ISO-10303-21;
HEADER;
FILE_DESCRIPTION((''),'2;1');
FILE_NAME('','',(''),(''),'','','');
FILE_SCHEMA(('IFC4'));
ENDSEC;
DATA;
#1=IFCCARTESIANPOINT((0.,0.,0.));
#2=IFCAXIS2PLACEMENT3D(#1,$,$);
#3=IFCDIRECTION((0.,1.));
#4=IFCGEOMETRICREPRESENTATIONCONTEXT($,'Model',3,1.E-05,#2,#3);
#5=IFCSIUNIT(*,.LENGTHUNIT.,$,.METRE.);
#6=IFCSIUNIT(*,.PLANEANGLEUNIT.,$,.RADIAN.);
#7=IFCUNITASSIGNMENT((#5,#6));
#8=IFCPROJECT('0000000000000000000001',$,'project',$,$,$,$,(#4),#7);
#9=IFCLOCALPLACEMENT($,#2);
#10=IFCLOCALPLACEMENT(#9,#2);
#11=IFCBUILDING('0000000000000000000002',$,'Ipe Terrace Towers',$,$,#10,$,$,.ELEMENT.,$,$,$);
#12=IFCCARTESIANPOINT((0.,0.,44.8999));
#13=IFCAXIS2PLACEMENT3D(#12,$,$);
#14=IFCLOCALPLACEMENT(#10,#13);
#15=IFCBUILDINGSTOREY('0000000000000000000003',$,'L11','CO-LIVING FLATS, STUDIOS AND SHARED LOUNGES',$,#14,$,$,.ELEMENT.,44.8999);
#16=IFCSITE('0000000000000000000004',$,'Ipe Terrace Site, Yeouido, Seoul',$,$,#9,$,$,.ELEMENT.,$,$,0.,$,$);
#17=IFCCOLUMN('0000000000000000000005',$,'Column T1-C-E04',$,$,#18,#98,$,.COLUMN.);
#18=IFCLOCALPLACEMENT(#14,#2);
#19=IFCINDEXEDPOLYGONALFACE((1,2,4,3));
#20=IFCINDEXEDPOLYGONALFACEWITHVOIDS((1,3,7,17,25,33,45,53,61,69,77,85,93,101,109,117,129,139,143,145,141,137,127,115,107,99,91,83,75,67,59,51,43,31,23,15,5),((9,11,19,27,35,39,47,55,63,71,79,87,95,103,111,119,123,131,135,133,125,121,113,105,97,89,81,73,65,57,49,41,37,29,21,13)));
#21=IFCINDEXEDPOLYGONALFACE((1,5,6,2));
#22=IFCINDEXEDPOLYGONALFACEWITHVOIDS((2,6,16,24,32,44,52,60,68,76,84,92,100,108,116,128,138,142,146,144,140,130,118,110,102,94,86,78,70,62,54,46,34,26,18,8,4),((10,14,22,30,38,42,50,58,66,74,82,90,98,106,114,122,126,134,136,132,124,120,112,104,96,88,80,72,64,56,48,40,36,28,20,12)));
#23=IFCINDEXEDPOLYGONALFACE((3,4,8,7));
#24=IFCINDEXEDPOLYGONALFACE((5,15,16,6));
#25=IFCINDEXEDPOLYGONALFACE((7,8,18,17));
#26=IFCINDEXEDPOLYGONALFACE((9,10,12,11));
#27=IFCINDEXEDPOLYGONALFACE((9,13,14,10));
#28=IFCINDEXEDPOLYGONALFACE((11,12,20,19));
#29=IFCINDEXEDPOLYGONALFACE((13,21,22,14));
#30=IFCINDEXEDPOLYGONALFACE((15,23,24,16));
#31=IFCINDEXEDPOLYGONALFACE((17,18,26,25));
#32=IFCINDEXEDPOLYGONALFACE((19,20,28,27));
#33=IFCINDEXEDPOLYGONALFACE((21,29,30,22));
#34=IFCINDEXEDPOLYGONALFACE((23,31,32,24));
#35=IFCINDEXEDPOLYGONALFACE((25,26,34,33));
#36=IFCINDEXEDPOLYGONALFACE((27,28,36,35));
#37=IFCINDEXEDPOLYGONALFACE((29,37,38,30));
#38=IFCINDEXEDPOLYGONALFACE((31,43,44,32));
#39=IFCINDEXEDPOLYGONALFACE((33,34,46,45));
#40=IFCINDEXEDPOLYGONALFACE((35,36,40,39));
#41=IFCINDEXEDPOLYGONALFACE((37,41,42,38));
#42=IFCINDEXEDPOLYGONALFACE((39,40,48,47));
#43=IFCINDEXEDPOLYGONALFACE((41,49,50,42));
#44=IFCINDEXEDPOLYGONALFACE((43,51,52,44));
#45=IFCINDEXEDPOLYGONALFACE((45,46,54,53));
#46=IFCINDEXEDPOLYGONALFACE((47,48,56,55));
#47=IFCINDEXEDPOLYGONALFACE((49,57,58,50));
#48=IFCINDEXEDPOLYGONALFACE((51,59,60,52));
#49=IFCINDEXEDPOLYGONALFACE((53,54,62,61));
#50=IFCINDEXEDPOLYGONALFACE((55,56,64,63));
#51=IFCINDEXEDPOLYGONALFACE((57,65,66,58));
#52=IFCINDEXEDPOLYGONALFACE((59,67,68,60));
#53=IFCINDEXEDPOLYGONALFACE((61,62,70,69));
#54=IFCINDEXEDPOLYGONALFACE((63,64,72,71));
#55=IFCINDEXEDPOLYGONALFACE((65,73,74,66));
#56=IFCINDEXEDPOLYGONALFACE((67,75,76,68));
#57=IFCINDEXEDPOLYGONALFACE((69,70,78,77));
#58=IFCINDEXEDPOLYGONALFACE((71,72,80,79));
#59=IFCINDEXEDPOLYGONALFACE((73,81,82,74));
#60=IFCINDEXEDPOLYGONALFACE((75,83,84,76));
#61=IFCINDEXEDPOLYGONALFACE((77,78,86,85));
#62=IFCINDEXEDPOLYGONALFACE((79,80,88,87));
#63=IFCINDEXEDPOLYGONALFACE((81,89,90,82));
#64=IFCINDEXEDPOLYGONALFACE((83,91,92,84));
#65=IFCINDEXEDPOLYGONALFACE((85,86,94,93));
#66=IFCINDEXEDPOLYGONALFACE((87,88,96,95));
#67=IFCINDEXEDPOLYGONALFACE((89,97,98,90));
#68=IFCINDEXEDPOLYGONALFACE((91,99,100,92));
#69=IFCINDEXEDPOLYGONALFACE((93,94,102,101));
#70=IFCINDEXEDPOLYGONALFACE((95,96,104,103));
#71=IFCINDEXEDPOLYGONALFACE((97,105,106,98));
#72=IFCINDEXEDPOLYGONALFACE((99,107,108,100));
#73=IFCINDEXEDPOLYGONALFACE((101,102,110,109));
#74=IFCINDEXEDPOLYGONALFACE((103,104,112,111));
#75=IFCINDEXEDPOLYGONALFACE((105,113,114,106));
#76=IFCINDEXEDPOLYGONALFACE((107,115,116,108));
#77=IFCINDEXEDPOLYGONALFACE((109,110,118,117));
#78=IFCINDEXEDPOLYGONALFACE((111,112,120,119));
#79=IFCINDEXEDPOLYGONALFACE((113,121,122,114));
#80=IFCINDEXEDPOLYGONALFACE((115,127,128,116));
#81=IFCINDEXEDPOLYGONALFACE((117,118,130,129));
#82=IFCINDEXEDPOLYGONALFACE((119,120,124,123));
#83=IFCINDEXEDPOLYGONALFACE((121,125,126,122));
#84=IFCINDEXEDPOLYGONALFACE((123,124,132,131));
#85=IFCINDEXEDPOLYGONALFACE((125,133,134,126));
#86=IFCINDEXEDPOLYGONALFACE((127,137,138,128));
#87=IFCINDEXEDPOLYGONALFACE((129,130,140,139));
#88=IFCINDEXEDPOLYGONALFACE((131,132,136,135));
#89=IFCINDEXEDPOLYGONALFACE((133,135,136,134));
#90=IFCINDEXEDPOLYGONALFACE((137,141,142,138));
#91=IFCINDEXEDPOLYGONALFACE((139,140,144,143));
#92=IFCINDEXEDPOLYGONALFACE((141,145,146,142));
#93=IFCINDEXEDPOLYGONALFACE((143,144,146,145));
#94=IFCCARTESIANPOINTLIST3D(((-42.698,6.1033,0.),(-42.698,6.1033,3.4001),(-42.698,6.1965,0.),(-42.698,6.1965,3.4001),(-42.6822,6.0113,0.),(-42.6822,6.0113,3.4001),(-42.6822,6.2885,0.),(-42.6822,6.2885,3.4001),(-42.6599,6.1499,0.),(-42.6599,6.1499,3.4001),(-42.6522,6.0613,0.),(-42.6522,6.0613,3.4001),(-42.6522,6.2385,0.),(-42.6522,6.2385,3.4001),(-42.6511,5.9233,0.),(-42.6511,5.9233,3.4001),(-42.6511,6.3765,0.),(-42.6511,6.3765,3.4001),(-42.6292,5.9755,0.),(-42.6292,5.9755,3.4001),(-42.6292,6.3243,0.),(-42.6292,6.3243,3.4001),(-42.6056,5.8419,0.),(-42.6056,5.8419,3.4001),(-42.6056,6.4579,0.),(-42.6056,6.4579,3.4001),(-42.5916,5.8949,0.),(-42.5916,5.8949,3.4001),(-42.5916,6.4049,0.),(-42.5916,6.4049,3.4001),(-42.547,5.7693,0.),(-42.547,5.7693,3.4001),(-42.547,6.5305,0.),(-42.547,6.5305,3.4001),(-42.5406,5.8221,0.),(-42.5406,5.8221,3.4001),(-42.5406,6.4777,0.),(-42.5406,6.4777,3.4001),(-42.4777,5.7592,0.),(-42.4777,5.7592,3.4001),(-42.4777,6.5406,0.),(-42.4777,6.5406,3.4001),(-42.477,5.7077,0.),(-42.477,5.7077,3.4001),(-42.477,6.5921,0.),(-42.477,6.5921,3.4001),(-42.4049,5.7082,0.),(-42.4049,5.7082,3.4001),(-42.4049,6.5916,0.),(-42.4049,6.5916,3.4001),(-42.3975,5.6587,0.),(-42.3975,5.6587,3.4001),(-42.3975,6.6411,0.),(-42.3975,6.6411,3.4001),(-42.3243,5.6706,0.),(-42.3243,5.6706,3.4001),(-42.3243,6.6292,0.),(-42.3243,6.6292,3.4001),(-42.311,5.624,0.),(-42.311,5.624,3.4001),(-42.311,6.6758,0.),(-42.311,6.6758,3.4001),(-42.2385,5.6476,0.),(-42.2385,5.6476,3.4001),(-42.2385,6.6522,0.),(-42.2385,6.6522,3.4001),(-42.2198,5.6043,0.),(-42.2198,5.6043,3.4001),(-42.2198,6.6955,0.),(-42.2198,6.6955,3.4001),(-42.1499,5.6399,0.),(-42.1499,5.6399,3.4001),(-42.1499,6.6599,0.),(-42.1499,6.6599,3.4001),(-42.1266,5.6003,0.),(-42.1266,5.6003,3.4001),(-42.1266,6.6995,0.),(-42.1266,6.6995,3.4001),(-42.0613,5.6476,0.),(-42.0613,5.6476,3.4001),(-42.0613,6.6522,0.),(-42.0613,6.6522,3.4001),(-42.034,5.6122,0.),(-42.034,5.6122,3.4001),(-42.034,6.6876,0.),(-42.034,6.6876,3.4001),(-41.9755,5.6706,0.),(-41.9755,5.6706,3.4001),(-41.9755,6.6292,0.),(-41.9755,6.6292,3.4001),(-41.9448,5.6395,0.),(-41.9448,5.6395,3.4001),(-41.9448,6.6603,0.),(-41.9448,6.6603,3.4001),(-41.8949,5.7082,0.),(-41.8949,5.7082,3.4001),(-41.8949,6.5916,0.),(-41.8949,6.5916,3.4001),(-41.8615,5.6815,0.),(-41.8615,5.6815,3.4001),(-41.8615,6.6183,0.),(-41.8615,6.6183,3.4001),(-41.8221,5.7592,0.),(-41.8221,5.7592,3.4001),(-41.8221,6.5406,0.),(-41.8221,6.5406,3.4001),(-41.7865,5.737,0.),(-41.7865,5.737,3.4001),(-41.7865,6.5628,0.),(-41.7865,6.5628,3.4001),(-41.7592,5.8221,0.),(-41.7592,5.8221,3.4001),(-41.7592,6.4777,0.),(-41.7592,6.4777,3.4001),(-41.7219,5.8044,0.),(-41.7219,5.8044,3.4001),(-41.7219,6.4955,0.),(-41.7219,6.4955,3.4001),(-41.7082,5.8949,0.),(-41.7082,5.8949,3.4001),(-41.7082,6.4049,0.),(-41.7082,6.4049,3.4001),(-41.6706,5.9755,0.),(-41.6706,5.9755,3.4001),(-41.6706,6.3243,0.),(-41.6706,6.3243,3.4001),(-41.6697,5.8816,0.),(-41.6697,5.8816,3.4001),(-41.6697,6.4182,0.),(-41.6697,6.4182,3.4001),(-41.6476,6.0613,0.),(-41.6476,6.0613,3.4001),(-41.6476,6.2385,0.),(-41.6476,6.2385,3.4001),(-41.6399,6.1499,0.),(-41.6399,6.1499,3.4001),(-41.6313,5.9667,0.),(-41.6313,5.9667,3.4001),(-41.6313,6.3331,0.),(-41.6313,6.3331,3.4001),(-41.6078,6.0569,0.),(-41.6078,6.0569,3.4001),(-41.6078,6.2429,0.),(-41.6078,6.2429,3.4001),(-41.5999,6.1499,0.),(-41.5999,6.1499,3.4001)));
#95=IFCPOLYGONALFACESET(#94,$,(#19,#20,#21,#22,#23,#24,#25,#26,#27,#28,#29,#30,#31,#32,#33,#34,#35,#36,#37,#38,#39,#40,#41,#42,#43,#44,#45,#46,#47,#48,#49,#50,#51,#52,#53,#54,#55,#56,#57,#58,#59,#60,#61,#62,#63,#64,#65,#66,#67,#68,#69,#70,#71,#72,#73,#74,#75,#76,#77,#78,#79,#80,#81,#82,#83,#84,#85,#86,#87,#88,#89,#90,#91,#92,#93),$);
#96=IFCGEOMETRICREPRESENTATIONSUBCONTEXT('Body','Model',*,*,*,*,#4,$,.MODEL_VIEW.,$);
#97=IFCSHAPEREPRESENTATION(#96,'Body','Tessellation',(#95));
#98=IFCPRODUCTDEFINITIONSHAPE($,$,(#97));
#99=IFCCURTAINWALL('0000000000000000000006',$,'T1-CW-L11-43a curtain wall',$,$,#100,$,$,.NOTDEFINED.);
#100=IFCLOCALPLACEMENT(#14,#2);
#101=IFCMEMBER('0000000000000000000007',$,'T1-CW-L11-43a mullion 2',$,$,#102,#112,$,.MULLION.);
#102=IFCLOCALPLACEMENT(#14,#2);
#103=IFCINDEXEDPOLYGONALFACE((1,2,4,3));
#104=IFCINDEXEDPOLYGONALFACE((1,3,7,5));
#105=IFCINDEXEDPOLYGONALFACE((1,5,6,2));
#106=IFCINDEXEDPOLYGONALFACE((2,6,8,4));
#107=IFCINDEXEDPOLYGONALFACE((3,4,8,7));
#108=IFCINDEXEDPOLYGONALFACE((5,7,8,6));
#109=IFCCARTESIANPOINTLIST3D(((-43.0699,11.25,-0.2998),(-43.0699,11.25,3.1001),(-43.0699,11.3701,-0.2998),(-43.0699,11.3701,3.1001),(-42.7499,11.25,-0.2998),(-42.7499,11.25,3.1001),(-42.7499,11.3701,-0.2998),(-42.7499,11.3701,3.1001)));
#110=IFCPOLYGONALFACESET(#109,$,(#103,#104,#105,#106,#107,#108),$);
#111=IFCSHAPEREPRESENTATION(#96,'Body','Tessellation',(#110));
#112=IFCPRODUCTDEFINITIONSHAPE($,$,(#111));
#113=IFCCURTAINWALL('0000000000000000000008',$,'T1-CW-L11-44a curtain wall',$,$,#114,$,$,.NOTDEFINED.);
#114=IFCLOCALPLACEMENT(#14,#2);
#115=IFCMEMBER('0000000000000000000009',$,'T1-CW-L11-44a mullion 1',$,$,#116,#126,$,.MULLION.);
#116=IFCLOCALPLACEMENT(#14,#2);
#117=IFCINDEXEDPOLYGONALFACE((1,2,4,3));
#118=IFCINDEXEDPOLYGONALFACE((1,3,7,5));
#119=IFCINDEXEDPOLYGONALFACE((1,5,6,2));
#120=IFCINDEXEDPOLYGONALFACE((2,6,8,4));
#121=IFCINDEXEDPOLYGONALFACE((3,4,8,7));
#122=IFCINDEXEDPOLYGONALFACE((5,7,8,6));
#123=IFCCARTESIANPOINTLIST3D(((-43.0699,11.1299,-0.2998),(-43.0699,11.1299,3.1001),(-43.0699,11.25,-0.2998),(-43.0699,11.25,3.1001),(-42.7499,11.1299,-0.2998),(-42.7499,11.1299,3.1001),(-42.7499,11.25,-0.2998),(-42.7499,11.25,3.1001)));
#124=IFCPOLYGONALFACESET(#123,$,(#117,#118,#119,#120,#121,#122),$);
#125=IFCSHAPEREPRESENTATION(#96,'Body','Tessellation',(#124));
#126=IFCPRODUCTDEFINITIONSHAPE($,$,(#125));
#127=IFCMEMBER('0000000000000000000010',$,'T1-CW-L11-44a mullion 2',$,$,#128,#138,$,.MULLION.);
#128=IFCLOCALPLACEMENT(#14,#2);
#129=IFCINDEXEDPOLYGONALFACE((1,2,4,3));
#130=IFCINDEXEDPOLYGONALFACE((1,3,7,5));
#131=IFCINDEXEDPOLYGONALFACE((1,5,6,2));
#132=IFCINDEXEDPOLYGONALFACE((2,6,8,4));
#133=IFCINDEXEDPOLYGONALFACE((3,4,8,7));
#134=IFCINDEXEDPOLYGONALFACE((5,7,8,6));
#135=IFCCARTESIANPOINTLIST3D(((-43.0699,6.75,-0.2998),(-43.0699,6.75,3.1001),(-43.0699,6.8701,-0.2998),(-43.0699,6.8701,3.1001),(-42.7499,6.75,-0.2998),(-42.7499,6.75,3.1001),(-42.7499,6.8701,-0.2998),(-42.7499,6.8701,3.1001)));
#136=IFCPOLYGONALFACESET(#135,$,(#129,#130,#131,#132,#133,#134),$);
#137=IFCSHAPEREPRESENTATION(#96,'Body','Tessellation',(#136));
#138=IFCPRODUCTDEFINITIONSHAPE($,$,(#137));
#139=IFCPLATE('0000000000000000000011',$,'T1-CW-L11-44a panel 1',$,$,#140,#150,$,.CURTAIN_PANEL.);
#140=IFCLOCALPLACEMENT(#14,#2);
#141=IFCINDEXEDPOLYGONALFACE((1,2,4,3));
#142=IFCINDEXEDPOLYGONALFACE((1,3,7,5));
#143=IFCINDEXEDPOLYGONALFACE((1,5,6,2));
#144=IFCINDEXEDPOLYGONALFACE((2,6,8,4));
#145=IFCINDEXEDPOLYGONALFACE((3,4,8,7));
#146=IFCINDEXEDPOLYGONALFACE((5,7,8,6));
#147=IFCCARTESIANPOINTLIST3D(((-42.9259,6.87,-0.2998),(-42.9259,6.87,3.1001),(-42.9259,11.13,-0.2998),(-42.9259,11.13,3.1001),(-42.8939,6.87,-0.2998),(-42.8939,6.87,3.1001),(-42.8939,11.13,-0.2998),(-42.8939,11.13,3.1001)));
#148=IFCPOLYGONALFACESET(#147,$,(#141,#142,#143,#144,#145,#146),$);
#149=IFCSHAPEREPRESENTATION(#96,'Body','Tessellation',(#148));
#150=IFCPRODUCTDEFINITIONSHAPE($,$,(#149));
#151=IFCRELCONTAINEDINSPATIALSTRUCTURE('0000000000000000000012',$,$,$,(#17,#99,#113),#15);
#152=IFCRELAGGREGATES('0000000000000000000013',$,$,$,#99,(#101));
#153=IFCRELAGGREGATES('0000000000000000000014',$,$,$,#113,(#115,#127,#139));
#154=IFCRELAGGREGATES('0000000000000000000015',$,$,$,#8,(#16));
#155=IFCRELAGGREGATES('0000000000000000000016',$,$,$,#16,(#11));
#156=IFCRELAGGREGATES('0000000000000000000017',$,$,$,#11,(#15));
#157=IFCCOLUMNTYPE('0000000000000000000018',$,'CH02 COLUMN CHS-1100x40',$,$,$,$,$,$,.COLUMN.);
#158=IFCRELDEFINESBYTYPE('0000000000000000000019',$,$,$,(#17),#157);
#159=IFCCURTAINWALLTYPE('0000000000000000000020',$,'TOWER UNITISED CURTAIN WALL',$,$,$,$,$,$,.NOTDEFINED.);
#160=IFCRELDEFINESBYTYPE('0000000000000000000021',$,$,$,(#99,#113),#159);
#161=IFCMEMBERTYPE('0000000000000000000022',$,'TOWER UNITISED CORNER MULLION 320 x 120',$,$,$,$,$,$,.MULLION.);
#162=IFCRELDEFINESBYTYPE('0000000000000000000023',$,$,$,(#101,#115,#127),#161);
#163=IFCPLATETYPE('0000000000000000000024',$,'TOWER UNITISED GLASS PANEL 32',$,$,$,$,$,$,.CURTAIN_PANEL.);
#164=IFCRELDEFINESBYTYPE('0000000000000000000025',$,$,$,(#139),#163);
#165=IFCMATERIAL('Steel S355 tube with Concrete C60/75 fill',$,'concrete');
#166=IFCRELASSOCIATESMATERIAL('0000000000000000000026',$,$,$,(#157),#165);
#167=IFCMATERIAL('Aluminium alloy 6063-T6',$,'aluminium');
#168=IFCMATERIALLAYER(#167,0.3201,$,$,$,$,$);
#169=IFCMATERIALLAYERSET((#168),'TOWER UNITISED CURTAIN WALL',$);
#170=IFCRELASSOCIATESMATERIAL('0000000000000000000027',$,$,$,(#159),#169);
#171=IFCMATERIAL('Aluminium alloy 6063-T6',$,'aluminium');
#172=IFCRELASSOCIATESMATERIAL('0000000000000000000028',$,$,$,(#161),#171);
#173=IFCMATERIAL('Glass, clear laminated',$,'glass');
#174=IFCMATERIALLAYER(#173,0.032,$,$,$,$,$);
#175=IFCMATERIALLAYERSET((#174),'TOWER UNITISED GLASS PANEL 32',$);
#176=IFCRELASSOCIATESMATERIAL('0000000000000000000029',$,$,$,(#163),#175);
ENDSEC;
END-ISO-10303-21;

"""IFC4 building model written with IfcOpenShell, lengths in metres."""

from ifc_helpers import new_model, si_unit, direction, frame, origin, origin_2d, place, context, subcontext, project, spatial, rectangle, hollow_circle, extrude, material, layer, layer_set, material_profile, profile_set, type_object, element, aggregate, save


model = new_model("IFC4")

# Units and contexts
model_context = context("Model", 3, precision=1e-05, world=origin(), true_north=direction((0.0, 1.0)))
body_context = subcontext(model_context, "Body", "Model", "MODEL_VIEW")
ifc_project = project(units=[si_unit("LENGTHUNIT", "METRE"), si_unit("PLANEANGLEUNIT", "RADIAN")], contexts=[model_context])

# Site, building, storey
site_placement = place(None, origin())
site = spatial("IfcSite", under=ifc_project, at=site_placement, Name="Ipe Terrace Site, Yeouido, Seoul", CompositionType="ELEMENT", RefElevation=0.0)
building_placement = place(site_placement, origin())
building = spatial("IfcBuilding", under=site, at=building_placement, Name="Ipe Terrace Towers", CompositionType="ELEMENT")
storey_placement = place(building_placement, frame((0.0, 0.0, 44.8999)))
storey = spatial("IfcBuildingStorey", under=building, at=storey_placement, Name="L11", Description="CO-LIVING FLATS, STUDIOS AND SHARED LOUNGES", CompositionType="ELEMENT", Elevation=44.8999)

# Column
ifc_material_1 = material(Name="Steel S355 tube with Concrete C60/75 fill", Category="concrete")
ifc_material_profile_1 = material_profile(ifc_material_1, hollow_circle(Radius=0.55, WallThickness=0.04, at=origin_2d()), Name="CHS-1100x40")
ifc_profile_set_1 = profile_set([ifc_material_profile_1], Name="Steel S355 tube with Concrete C60/75 fill")
column_type = type_object("IfcColumnType", Name="CH02 COLUMN CHS-1100x40", PredefinedType="COLUMN", material=ifc_profile_set_1)
column_placement = place(storey_placement, frame((-42.1499, 6.1499, 0.0), z_axis=(0.0, 0.0, 1.0), x_axis=(1.0, 0.0, 0.0)))
element("IfcColumn", 1, at=column_placement, inside=storey, type_object=column_type, Name="Column T1-C-E04", PredefinedType="COLUMN", context=body_context, shape_type="SweptSolid", body=[
    extrude(hollow_circle(Radius=0.55, WallThickness=0.04, at=origin_2d()), origin(), (0.0, 0.0, 1.0), 3.4001),
])

# Curtain wall, member
ifc_material_2 = material(Name="Aluminium alloy 6063-T6", Category="aluminium")
ifc_layer_1 = layer(ifc_material_2, 0.3201)
ifc_layer_set_1 = layer_set([ifc_layer_1], Name="TOWER UNITISED CURTAIN WALL")
curtain_wall_type = type_object("IfcCurtainWallType", Name="TOWER UNITISED CURTAIN WALL", PredefinedType="NOTDEFINED", material=ifc_layer_set_1)
curtain_wall_1_placement = place(storey_placement, origin())
curtain_wall_1 = element("IfcCurtainWall", 2, at=curtain_wall_1_placement, inside=storey, type_object=curtain_wall_type, Name="T1-CW-L11-43a curtain wall", PredefinedType="NOTDEFINED")
ifc_material_3 = material(Name="Aluminium alloy 6063-T6", Category="aluminium")
ifc_material_profile_2 = material_profile(ifc_material_3, rectangle(XDim=0.3201, YDim=0.1201, at=origin_2d()), Name="TOWER UNITISED CORNER MULLION 320 x 120")
ifc_profile_set_2 = profile_set([ifc_material_profile_2], Name="Aluminium alloy 6063-T6")
member_type = type_object("IfcMemberType", Name="TOWER UNITISED CORNER MULLION 320 x 120", PredefinedType="MULLION", material=ifc_profile_set_2)
member_1_placement = place(storey_placement, frame((-42.9099, 11.3101, -0.2998), z_axis=(0.0, 0.0, 1.0), x_axis=(-1.0, 0.0, 0.0)))
member_1 = element("IfcMember", 3, at=member_1_placement, type_object=member_type, Name="T1-CW-L11-43a mullion 2", PredefinedType="MULLION", context=body_context, shape_type="SweptSolid", body=[
    extrude(rectangle(XDim=0.3201, YDim=0.1201, at=origin_2d()), origin(), (0.0, 0.0, 1.0), 3.3999),
])
aggregate(curtain_wall_1, [member_1])

# Curtain wall, members, plate
curtain_wall_2_placement = place(storey_placement, origin())
curtain_wall_2 = element("IfcCurtainWall", 4, at=curtain_wall_2_placement, inside=storey, type_object=curtain_wall_type, Name="T1-CW-L11-44a curtain wall", PredefinedType="NOTDEFINED")
member_2_placement = place(storey_placement, frame((-42.9099, 11.1899, -0.2998), z_axis=(0.0, 0.0, 1.0), x_axis=(-1.0, 0.0, 0.0)))
member_2 = element("IfcMember", 5, at=member_2_placement, type_object=member_type, Name="T1-CW-L11-44a mullion 1", PredefinedType="MULLION", context=body_context, shape_type="SweptSolid", body=[
    extrude(rectangle(XDim=0.3201, YDim=0.1201, at=origin_2d()), origin(), (0.0, 0.0, 1.0), 3.3999),
])
member_3_placement = place(storey_placement, frame((-42.9099, 6.8101, -0.2998), z_axis=(0.0, 0.0, 1.0), x_axis=(-1.0, 0.0, 0.0)))
member_3 = element("IfcMember", 6, at=member_3_placement, type_object=member_type, Name="T1-CW-L11-44a mullion 2", PredefinedType="MULLION", context=body_context, shape_type="SweptSolid", body=[
    extrude(rectangle(XDim=0.3201, YDim=0.1201, at=origin_2d()), origin(), (0.0, 0.0, 1.0), 3.3999),
])
ifc_material_4 = material(Name="Glass, clear laminated", Category="glass")
ifc_layer_2 = layer(ifc_material_4, 0.032)
ifc_layer_set_2 = layer_set([ifc_layer_2], Name="TOWER UNITISED GLASS PANEL 32")
plate_type = type_object("IfcPlateType", Name="TOWER UNITISED GLASS PANEL 32", PredefinedType="CURTAIN_PANEL", material=ifc_layer_set_2)
plate_placement = place(storey_placement, frame((-42.9099, 9.0, -0.2998), z_axis=(0.0, 0.0, 1.0), x_axis=(0.0, -1.0, 0.0)))
plate = element("IfcPlate", 7, at=plate_placement, type_object=plate_type, Name="T1-CW-L11-44a panel 1", PredefinedType="CURTAIN_PANEL", context=body_context, shape_type="SweptSolid", body=[
    extrude(rectangle(XDim=4.26, YDim=0.032, at=origin_2d()), origin(), (0.0, 0.0, 1.0), 3.3999),
])
aggregate(curtain_wall_2, [member_2, member_3, plate])

save(model, "model.ifc")
